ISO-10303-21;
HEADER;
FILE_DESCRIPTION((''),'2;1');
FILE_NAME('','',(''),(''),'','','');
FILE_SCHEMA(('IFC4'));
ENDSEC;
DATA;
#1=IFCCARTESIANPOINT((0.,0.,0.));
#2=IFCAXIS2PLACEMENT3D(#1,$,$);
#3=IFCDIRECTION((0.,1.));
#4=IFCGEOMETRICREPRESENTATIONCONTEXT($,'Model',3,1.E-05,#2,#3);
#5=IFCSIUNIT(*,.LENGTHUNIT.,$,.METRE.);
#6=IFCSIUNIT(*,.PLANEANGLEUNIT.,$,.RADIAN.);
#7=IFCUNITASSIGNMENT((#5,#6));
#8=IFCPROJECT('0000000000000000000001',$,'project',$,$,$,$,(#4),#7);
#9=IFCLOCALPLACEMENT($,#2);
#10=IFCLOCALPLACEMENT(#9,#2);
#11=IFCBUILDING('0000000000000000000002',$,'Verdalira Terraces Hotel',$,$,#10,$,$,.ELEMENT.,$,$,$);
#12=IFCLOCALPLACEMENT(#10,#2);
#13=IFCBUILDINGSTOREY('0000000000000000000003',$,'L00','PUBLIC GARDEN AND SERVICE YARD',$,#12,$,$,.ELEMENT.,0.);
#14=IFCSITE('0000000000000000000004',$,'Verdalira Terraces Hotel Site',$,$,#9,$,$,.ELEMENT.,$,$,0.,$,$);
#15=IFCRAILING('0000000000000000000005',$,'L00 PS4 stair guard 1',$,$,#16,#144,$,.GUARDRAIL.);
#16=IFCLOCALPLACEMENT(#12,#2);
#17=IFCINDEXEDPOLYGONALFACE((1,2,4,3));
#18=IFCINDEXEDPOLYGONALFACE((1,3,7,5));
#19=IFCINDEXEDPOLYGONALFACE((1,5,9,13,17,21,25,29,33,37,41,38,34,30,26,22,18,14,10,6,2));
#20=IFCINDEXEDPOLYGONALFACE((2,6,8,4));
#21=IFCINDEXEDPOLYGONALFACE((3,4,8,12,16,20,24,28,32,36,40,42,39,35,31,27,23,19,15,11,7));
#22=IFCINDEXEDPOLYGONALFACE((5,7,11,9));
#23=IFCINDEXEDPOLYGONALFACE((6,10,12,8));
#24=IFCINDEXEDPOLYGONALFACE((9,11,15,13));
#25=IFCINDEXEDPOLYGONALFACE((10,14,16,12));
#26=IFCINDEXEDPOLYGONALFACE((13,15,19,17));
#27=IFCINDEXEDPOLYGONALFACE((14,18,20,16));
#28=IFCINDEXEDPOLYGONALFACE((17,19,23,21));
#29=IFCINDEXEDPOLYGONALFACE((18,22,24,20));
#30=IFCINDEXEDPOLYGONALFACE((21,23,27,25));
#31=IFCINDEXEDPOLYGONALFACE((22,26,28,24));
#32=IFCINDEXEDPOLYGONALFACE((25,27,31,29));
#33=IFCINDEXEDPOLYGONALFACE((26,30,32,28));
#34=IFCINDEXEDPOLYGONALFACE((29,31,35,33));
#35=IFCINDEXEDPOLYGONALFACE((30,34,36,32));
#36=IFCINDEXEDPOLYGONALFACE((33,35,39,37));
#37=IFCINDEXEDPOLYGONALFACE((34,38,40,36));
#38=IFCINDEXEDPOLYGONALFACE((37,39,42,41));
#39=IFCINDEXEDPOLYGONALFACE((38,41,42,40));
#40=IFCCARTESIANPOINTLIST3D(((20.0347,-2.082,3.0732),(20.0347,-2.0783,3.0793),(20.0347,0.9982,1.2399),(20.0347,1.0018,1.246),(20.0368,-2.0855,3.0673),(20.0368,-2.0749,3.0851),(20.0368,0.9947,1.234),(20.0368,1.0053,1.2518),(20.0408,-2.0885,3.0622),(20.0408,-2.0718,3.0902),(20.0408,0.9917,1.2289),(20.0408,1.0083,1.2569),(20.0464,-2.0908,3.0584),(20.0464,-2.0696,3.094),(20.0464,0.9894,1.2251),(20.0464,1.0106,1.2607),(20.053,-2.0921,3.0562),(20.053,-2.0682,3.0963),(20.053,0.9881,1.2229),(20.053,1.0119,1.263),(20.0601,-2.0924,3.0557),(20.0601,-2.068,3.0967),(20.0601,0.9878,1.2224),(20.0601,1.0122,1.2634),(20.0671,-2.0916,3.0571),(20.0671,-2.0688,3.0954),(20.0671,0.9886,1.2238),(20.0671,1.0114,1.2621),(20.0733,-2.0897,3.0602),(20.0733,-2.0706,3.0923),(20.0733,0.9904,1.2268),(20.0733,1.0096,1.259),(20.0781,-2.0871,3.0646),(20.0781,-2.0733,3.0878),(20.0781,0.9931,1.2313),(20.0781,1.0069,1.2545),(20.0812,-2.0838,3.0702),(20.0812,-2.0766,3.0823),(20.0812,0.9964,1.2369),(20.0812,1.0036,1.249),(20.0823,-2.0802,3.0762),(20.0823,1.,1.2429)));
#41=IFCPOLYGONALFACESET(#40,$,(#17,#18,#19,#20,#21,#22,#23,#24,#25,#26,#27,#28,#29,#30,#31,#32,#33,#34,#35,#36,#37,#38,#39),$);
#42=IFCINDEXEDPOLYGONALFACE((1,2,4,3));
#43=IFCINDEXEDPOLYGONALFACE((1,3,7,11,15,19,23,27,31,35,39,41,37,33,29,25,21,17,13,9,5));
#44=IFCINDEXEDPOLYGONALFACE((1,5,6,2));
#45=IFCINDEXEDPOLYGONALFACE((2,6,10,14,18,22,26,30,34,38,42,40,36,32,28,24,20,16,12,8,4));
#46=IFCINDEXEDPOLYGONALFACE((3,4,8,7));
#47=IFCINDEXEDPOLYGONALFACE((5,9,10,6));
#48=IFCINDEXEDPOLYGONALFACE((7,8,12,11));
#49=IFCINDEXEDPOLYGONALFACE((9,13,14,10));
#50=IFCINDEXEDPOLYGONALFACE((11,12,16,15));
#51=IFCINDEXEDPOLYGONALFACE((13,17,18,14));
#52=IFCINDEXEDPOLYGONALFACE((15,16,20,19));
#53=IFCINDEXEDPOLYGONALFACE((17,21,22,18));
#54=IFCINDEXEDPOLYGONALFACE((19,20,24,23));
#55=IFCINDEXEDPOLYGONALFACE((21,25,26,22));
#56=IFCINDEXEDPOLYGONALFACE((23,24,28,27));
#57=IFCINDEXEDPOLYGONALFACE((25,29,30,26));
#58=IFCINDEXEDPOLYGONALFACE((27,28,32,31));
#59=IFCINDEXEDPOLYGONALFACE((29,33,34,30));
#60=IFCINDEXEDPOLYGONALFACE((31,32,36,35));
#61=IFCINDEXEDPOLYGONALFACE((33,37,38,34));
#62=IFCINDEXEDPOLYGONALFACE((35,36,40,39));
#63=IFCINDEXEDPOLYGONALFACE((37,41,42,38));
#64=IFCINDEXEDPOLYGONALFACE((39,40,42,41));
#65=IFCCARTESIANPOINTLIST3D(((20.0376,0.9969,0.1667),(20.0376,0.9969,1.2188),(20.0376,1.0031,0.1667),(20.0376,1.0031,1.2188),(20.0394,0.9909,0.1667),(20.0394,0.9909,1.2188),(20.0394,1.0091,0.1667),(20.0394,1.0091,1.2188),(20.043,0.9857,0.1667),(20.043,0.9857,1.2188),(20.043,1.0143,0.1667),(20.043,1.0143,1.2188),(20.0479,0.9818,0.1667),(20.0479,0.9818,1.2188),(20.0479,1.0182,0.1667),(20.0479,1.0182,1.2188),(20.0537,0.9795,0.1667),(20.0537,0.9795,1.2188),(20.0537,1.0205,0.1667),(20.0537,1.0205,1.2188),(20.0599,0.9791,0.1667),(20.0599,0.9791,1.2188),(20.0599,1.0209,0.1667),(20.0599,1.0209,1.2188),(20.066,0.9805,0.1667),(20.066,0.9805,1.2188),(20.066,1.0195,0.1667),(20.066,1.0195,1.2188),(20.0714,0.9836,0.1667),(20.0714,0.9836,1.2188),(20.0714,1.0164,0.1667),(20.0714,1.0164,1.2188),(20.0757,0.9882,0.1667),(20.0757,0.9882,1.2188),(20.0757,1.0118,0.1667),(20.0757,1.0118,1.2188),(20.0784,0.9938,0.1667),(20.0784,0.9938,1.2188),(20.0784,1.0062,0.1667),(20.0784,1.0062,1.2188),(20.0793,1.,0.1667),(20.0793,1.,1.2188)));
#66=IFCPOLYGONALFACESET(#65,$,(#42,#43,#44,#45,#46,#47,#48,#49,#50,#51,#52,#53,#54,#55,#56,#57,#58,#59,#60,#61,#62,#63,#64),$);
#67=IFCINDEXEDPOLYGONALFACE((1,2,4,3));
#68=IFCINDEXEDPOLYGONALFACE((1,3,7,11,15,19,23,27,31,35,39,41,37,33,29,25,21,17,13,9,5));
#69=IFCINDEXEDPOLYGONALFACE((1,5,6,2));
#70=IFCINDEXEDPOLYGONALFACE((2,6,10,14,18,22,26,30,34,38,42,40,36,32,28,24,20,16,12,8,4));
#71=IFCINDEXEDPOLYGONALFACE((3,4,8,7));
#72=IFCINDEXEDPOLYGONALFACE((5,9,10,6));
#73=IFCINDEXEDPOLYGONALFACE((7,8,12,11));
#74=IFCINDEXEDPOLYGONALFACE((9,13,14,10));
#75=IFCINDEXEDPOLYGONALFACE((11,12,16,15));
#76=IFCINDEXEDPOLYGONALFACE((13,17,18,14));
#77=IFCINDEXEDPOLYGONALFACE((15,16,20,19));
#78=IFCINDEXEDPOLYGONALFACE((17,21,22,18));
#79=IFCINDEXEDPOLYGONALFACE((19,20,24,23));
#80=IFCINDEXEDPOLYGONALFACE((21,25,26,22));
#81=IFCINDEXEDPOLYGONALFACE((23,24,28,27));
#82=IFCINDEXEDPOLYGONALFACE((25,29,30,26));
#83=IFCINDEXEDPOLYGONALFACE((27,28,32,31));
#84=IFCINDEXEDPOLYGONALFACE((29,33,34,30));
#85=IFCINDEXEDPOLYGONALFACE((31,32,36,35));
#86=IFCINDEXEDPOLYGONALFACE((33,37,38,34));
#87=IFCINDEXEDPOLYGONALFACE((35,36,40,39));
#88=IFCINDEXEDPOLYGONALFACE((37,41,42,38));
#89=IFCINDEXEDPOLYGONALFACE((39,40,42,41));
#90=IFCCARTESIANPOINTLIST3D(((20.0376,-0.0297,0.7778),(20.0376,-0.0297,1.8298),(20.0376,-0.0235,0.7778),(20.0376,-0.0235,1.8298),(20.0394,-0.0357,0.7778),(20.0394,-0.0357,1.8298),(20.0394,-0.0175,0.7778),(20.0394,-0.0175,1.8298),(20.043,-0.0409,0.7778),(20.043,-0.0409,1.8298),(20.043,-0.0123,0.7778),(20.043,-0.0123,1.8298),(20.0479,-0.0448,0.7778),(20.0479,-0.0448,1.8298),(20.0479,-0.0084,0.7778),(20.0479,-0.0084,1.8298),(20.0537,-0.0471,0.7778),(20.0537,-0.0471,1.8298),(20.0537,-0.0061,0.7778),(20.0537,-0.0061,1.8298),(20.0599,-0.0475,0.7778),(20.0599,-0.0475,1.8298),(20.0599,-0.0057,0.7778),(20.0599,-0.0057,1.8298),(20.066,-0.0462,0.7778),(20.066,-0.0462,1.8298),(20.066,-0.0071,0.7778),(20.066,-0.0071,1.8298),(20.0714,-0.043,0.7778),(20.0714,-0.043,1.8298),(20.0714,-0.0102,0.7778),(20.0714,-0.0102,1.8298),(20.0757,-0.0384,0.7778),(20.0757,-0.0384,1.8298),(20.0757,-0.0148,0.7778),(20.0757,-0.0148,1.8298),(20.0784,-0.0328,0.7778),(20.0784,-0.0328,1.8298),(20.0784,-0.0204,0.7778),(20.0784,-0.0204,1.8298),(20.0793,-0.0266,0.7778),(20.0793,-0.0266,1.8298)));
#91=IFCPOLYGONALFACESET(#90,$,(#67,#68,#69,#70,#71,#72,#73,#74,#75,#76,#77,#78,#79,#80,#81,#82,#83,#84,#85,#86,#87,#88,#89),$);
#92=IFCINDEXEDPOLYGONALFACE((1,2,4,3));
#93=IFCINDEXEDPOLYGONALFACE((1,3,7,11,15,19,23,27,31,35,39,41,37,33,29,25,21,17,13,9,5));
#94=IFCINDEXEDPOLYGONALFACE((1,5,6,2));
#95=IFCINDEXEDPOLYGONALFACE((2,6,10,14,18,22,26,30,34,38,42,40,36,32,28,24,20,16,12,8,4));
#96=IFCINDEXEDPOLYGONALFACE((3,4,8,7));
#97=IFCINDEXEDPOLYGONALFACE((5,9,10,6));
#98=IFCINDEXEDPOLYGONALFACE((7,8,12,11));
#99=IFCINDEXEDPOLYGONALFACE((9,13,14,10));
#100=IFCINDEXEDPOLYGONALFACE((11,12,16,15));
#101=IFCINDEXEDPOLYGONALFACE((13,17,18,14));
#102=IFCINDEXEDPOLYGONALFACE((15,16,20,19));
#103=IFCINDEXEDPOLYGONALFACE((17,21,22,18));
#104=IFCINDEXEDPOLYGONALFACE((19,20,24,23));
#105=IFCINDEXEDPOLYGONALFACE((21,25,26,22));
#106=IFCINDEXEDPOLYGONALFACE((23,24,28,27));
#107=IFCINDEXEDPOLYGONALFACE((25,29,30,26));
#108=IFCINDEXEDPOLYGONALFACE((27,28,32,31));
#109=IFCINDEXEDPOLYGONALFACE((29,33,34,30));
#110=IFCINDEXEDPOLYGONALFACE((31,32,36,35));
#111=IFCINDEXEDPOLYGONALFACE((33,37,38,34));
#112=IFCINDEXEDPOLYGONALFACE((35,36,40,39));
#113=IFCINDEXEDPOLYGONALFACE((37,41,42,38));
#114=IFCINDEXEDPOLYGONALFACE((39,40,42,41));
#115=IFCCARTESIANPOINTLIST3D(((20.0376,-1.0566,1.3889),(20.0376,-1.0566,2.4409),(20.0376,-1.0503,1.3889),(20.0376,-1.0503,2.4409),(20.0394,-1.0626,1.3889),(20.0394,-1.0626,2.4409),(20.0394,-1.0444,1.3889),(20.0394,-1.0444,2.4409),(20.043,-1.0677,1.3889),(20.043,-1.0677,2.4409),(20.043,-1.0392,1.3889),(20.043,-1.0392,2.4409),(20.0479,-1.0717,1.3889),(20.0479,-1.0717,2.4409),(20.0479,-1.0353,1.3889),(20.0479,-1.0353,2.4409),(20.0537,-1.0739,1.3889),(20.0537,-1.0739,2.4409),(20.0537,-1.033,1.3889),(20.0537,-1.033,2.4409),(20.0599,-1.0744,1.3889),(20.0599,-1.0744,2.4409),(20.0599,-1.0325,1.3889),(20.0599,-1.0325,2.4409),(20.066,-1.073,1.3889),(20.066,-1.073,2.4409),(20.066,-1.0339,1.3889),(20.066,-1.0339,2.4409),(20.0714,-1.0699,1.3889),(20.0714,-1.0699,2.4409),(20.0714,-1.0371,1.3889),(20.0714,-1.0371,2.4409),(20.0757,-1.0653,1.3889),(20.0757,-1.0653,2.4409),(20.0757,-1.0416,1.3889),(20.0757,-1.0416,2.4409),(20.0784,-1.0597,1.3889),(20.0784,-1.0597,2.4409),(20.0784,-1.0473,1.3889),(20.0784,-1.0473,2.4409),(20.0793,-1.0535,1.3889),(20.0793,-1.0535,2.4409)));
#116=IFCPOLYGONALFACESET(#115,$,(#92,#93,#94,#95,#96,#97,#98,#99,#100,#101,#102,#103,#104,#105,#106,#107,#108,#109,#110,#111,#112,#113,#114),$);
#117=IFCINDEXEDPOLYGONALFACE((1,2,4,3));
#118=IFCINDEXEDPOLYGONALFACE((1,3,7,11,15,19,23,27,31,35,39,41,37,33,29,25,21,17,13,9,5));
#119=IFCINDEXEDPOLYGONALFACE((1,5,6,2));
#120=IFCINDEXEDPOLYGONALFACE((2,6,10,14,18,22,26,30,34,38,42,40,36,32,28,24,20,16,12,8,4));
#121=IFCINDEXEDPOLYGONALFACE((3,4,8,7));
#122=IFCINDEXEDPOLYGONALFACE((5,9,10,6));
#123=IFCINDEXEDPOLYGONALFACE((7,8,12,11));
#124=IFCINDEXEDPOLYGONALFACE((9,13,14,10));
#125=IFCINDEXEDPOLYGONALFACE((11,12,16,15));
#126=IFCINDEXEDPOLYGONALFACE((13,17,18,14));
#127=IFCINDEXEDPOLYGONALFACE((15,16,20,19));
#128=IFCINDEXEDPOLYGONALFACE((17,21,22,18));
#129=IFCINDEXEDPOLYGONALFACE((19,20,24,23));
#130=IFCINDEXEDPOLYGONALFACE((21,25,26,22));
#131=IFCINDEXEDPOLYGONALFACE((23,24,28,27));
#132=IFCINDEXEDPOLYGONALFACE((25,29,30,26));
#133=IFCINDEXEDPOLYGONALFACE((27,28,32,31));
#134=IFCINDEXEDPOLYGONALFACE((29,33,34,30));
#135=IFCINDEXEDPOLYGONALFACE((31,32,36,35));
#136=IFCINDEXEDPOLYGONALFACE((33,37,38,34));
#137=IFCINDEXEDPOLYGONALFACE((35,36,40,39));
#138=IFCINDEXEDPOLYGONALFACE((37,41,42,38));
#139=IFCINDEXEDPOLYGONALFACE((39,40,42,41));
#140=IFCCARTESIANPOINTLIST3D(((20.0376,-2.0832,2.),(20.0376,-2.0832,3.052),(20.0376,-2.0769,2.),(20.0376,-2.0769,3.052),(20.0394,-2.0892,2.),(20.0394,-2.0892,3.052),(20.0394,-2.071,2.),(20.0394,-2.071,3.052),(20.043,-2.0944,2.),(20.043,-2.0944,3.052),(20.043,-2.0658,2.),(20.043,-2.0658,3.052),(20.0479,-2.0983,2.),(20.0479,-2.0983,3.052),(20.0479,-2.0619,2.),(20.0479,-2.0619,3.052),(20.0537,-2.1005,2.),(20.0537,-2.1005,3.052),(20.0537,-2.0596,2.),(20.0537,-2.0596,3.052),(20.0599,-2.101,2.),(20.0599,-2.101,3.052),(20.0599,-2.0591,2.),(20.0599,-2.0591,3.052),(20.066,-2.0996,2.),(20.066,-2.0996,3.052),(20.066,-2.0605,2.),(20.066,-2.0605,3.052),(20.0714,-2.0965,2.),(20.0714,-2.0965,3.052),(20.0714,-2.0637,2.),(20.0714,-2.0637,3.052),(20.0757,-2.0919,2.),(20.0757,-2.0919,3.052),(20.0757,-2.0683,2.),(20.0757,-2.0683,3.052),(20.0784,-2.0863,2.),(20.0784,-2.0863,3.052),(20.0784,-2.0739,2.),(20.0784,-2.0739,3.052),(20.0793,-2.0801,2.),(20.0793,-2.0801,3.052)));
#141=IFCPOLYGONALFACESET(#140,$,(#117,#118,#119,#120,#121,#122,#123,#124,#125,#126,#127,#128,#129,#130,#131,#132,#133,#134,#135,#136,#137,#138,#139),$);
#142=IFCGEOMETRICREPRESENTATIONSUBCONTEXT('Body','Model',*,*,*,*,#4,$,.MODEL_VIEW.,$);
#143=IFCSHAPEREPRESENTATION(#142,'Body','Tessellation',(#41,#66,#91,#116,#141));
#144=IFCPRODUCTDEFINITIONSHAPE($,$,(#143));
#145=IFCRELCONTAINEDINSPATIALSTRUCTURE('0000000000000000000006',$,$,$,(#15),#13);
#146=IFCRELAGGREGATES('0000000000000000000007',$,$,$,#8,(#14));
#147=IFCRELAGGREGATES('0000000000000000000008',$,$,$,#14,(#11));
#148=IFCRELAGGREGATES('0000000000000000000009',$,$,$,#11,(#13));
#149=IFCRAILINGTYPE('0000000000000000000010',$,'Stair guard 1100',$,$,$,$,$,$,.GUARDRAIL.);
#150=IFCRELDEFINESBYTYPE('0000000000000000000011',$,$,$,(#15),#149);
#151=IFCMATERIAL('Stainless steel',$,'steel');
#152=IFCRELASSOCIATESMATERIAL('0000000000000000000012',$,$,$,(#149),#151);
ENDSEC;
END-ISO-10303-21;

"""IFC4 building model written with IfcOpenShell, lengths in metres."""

from ifc_helpers import new_model, si_unit, direction, frame, origin, origin_2d, place, context, subcontext, project, spatial, circle, extrude, material, type_object, element, save


model = new_model("IFC4")

# Units and contexts
model_context = context("Model", 3, precision=1e-05, world=origin(), true_north=direction((0.0, 1.0)))
body_context = subcontext(model_context, "Body", "Model", "MODEL_VIEW")
ifc_project = project(units=[si_unit("LENGTHUNIT", "METRE"), si_unit("PLANEANGLEUNIT", "RADIAN")], contexts=[model_context])

# Site, building, storey
site_placement = place(None, origin())
site = spatial("IfcSite", under=ifc_project, at=site_placement, Name="Verdalira Terraces Hotel Site", CompositionType="ELEMENT", RefElevation=0.0)
building_placement = place(site_placement, origin())
building = spatial("IfcBuilding", under=site, at=building_placement, Name="Verdalira Terraces Hotel", CompositionType="ELEMENT")
storey_placement = place(building_placement, origin())
storey = spatial("IfcBuildingStorey", under=building, at=storey_placement, Name="L00", Description="PUBLIC GARDEN AND SERVICE YARD", CompositionType="ELEMENT", Elevation=0.0)

# Railing
ifc_material_1 = material(Name="Stainless steel", Category="steel")
railing_type_1 = type_object("IfcRailingType", Name="Stair guard 1100", PredefinedType="GUARDRAIL", material=ifc_material_1)
railing_1_placement = place(storey_placement, frame((20.0584, 1.0, 0.1667)))
element("IfcRailing", 1, at=railing_1_placement, inside=storey, type_object=railing_type_1, Name="L00 PS4 stair guard 1", PredefinedType="GUARDRAIL", context=body_context, shape_type="SweptSolid", body=[
    extrude(circle(Radius=0.0239, at=origin_2d()), frame((0.0, 0.0, 1.0762), z_axis=(0.0, -0.859309, 0.511458), x_axis=(1.0, 0.0, 0.0)), (0.0, 0.0, 1.0), 3.5845),
    extrude(circle(Radius=0.021, at=origin_2d()), origin(), (0.0, 0.0, 1.0), 1.052),
    extrude(circle(Radius=0.021, at=origin_2d()), frame((0.0, -1.0266, 0.6111)), (0.0, 0.0, 1.0), 1.052),
    extrude(circle(Radius=0.021, at=origin_2d()), frame((0.0, -2.0535, 1.2222)), (0.0, 0.0, 1.0), 1.052),
    extrude(circle(Radius=0.021, at=origin_2d()), frame((0.0, -3.0801, 1.8333)), (0.0, 0.0, 1.0), 1.052),
])

save(model, "model.ifc")
